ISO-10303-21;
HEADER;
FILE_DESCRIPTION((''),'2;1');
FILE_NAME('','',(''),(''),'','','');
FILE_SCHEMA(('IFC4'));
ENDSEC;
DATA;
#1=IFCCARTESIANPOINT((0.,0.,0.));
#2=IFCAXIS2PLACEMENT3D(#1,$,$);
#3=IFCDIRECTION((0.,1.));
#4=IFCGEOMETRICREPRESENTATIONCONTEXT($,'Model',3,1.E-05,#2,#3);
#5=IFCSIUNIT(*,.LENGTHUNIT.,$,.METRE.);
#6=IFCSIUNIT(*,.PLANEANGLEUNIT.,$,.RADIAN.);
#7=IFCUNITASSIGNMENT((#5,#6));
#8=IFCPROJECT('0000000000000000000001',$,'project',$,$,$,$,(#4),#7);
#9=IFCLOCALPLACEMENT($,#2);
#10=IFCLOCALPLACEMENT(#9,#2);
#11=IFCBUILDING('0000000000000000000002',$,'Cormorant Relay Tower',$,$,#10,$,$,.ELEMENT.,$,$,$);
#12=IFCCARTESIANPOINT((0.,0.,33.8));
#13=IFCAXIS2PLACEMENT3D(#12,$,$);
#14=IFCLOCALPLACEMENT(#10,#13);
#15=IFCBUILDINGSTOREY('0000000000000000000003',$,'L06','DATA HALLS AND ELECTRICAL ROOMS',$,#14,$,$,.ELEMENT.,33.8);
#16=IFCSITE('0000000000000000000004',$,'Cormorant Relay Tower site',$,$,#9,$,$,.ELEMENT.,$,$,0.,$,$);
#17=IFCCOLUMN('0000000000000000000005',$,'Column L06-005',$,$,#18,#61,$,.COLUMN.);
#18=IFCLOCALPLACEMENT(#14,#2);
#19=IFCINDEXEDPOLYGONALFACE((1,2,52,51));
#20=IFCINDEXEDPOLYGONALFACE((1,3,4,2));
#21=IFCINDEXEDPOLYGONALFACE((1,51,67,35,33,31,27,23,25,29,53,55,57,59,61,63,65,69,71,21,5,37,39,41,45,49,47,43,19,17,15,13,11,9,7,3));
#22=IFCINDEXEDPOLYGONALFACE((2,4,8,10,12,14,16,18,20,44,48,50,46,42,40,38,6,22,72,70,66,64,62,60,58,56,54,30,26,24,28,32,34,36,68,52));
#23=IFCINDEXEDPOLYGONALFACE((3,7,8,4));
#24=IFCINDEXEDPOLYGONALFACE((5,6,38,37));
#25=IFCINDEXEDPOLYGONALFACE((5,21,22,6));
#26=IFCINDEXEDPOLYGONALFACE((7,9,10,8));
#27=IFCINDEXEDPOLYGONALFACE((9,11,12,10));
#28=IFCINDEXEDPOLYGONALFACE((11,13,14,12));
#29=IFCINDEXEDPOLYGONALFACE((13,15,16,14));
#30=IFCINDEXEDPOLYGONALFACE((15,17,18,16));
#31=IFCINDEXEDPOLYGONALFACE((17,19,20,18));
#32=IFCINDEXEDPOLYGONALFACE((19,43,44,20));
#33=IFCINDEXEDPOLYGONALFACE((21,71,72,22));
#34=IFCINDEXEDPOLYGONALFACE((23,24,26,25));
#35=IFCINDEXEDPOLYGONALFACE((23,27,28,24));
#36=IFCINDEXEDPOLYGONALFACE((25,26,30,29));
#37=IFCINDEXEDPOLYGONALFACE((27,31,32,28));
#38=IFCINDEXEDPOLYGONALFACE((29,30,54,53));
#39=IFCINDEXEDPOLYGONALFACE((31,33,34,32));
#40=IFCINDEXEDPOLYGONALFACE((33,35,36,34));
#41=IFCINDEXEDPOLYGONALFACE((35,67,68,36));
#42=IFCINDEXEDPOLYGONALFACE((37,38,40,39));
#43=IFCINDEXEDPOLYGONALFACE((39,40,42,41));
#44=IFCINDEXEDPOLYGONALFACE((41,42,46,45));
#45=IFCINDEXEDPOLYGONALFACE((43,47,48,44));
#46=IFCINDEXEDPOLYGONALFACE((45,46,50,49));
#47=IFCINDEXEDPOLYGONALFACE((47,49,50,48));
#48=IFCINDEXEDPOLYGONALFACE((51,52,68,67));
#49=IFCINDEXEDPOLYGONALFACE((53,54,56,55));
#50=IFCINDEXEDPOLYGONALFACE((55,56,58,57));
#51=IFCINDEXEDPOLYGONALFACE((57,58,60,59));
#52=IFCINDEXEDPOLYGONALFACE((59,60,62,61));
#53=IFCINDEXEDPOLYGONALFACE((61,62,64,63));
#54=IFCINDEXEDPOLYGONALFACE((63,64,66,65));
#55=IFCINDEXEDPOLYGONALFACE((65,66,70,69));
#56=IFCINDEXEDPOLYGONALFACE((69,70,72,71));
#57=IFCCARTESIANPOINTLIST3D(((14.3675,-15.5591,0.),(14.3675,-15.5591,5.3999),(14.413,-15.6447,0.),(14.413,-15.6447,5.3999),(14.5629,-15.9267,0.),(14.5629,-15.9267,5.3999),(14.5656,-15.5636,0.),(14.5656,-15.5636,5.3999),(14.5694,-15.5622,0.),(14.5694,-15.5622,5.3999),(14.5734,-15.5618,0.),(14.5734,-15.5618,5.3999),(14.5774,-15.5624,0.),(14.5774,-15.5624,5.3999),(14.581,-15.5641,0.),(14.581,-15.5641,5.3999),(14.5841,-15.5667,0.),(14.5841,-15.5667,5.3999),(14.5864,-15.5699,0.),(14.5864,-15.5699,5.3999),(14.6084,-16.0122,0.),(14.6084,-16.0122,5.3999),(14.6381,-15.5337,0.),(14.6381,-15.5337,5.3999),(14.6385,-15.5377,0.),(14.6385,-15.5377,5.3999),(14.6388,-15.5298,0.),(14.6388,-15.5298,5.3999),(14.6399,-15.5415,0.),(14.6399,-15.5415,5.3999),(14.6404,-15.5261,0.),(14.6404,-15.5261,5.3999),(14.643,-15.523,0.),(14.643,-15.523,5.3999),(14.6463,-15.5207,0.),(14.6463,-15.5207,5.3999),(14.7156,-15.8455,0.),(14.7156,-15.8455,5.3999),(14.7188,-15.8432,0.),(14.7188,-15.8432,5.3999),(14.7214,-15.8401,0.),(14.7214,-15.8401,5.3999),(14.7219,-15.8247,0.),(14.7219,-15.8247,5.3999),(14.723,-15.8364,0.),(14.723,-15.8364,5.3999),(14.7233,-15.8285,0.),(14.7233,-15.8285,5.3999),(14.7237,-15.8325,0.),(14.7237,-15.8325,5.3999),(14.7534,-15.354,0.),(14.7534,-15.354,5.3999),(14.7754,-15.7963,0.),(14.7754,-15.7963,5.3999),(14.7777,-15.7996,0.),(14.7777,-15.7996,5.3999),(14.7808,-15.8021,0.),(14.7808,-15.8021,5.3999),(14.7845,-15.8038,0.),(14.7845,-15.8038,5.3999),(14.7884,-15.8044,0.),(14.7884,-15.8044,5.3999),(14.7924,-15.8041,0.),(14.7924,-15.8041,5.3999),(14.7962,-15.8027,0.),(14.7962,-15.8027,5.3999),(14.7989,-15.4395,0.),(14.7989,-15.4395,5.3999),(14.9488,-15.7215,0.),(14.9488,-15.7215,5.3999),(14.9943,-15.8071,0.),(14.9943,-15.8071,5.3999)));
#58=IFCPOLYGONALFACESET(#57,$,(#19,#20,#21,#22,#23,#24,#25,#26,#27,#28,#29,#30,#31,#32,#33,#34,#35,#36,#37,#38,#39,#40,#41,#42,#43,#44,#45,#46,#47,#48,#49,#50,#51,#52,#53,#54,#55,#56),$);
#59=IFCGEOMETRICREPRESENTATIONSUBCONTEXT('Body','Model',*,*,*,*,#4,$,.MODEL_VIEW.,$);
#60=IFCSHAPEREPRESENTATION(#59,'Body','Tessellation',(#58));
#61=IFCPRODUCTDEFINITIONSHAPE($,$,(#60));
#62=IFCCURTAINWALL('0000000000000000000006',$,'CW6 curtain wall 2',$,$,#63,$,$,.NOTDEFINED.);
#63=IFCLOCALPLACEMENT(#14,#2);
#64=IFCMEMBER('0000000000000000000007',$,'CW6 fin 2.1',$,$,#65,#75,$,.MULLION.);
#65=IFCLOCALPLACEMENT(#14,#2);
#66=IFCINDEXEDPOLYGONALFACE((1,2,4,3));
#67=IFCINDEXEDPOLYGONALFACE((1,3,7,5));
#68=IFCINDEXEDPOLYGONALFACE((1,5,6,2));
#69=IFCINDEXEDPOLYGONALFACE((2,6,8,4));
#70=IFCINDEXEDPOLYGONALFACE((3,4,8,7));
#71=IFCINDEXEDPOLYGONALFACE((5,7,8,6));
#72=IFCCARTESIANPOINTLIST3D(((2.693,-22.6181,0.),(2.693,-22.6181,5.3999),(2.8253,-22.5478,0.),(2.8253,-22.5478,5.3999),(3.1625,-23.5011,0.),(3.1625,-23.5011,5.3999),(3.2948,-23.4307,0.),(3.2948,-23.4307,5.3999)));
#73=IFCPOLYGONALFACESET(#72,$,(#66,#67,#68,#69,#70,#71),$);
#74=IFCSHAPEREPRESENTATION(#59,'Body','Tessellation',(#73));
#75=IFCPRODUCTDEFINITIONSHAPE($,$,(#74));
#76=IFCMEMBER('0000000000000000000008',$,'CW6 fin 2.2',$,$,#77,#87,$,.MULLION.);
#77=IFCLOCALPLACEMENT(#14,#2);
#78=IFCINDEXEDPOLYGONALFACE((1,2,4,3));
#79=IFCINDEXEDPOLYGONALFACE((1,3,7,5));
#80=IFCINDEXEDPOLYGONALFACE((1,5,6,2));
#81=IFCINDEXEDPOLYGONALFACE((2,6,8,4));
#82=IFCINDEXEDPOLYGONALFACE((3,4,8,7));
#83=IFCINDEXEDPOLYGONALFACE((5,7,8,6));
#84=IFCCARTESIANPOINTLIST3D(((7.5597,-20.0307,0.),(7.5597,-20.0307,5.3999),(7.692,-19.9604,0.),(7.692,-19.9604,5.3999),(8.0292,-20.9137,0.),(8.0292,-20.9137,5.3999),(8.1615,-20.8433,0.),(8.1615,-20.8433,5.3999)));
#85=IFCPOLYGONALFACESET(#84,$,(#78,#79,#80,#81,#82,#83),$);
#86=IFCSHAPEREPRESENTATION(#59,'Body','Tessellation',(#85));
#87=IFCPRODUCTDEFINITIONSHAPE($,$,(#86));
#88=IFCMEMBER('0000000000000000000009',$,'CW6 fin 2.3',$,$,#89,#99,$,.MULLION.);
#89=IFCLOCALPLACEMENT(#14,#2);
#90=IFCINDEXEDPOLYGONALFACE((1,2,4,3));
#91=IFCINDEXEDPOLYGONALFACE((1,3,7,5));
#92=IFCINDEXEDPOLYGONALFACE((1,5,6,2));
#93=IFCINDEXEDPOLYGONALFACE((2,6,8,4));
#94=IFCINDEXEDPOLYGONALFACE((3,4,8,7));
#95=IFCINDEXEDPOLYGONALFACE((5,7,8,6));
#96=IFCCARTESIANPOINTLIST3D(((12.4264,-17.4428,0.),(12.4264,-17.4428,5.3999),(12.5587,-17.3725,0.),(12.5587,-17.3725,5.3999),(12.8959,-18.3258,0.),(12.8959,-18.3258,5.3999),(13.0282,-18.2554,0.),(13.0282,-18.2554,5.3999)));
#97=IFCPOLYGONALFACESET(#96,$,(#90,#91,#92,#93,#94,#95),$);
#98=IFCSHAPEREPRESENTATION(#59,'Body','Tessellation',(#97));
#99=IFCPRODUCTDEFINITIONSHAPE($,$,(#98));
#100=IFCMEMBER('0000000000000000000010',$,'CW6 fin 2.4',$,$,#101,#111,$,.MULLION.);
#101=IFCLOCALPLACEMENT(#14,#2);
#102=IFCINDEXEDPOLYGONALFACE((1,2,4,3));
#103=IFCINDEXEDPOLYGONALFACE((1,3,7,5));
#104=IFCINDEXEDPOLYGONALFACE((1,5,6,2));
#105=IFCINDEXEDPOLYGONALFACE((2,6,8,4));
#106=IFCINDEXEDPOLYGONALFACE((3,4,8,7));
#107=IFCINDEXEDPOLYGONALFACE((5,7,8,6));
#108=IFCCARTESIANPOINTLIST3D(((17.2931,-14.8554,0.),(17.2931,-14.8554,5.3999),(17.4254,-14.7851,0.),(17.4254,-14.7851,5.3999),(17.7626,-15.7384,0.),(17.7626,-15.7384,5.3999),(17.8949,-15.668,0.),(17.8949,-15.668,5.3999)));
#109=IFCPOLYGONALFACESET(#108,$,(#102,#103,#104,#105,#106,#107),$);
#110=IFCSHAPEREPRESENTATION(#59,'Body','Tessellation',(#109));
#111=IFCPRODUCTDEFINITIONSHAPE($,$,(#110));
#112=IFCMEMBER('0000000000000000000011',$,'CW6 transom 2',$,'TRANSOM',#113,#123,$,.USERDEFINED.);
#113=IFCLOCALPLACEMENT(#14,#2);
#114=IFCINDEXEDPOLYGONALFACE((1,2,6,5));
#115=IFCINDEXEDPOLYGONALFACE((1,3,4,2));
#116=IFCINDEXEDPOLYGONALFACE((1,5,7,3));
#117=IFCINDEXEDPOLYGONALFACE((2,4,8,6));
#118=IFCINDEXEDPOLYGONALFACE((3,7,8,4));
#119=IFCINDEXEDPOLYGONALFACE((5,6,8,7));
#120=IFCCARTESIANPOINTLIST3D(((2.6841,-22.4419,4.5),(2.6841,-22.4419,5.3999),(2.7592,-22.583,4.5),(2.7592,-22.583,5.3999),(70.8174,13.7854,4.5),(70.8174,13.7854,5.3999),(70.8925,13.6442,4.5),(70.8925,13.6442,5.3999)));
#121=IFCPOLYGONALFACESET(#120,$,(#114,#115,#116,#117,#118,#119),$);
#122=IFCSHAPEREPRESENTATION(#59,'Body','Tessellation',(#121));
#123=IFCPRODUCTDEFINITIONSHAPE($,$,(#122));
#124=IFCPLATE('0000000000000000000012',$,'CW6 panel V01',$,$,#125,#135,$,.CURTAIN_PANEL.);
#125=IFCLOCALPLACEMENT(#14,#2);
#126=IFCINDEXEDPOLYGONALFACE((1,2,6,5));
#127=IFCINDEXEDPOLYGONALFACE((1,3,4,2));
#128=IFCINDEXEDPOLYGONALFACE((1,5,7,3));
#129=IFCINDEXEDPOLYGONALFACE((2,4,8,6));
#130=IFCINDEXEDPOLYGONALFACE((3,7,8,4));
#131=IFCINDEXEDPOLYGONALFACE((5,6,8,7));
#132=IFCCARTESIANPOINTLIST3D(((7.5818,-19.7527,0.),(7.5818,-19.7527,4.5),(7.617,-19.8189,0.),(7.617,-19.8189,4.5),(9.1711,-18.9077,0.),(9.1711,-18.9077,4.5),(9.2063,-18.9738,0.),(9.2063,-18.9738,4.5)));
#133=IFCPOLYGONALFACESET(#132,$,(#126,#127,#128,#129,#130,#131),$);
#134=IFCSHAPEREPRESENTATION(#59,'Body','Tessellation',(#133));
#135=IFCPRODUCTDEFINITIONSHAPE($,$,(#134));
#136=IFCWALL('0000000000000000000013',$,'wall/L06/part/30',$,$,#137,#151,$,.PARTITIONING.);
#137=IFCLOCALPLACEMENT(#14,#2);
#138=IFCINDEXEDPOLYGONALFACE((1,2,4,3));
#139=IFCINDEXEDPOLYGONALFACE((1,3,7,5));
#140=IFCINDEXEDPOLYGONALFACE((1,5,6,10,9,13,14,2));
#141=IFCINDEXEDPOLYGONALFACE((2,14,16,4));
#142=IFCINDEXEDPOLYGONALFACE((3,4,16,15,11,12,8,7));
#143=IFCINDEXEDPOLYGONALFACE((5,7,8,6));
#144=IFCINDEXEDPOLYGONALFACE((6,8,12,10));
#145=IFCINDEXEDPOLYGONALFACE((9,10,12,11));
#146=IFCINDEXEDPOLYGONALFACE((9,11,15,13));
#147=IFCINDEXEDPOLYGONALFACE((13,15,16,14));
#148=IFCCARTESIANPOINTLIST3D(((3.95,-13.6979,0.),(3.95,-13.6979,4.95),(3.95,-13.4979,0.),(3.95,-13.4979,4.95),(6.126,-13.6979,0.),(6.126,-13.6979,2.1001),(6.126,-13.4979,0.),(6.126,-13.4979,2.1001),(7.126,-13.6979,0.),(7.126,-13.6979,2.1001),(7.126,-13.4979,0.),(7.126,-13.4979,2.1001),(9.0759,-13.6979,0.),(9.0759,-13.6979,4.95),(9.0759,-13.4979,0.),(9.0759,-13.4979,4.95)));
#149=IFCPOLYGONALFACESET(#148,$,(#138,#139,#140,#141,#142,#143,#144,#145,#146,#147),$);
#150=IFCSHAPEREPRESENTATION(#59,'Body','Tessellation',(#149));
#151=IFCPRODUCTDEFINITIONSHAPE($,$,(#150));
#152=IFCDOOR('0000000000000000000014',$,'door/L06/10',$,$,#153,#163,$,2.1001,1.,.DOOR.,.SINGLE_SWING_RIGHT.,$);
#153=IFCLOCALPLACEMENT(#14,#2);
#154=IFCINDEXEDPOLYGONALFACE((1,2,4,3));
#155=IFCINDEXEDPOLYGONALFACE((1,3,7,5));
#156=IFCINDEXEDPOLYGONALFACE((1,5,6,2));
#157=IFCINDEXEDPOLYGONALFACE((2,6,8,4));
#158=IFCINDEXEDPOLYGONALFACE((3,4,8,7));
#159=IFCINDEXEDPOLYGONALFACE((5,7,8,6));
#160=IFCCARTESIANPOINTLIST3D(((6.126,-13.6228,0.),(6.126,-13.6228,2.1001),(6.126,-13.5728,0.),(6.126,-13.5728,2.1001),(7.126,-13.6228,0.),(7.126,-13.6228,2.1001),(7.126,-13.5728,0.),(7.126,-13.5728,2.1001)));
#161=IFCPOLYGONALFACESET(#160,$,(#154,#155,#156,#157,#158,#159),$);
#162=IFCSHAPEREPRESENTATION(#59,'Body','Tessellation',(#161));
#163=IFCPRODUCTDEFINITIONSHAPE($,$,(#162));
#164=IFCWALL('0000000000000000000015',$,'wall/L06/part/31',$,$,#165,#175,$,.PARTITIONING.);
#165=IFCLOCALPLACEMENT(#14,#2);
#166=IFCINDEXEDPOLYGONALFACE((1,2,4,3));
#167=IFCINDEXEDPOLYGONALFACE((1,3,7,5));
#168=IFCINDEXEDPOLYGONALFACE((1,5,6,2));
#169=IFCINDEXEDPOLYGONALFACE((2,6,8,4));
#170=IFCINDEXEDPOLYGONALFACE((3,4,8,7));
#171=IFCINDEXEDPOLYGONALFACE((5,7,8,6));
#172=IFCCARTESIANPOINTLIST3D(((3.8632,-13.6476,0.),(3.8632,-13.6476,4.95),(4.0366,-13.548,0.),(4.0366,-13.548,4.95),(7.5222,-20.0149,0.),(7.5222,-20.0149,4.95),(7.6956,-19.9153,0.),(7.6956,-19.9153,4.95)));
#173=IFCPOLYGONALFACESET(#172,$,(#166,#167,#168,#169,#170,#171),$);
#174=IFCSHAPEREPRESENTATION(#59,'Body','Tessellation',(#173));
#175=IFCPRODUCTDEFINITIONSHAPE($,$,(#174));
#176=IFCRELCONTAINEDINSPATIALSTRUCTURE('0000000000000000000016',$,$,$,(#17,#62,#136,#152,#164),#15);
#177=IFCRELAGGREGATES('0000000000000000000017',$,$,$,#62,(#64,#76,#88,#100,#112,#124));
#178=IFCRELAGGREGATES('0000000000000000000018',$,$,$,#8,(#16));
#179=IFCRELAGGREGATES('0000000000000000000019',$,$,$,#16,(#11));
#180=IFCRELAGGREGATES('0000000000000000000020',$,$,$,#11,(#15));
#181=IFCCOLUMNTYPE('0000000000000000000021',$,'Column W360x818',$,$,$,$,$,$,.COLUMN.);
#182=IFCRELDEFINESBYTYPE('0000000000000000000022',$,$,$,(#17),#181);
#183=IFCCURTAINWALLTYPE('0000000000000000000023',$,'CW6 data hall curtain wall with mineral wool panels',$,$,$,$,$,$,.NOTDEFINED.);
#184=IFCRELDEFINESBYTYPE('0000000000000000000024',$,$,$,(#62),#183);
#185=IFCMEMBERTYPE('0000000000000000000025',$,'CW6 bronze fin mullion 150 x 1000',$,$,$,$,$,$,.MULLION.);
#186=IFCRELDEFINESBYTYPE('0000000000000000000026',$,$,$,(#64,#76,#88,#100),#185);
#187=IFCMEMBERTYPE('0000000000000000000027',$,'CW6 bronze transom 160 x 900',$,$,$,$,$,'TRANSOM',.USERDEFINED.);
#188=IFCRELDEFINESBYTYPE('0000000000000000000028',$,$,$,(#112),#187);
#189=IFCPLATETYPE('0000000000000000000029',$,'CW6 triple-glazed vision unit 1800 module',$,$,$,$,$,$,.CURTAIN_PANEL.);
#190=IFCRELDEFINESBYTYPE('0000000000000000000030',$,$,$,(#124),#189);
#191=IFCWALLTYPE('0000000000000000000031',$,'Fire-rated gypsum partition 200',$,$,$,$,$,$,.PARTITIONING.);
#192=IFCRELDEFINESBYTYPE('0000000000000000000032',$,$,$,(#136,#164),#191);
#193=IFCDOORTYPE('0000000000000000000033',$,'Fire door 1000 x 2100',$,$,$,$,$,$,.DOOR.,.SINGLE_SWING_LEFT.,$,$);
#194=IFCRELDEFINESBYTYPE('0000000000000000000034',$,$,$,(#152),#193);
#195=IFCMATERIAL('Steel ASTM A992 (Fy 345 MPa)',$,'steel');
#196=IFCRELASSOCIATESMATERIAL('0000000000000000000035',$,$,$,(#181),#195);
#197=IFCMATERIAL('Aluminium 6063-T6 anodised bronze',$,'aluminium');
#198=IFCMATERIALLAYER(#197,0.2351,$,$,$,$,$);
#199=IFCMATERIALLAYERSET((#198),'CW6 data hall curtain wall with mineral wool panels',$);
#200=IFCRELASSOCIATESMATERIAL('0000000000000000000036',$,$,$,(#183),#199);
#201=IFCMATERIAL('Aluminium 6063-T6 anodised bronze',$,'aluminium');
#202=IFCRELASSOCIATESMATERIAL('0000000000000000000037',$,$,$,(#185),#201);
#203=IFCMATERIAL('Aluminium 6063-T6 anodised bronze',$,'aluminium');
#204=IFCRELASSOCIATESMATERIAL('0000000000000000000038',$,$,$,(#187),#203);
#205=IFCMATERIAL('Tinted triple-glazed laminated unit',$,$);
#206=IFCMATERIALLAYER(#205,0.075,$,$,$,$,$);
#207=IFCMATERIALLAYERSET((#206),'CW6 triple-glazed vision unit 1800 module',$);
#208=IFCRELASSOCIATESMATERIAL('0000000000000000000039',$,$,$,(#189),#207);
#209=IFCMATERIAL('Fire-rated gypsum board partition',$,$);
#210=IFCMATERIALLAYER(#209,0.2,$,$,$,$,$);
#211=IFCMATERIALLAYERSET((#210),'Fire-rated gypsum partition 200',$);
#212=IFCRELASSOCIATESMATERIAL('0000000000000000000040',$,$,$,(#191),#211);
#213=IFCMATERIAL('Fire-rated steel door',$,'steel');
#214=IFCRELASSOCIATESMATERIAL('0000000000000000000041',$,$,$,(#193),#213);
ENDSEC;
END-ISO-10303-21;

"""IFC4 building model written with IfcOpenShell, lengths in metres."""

from ifc_helpers import new_model, si_unit, direction, frame, frame_2d, origin, origin_2d, place, context, subcontext, project, spatial, rectangle, i_section, extrude, material, layer, layer_set, material_profile, profile_set, type_object, element, fill, aggregate, save


model = new_model("IFC4")

# Units and contexts
model_context = context("Model", 3, precision=1e-05, world=origin(), true_north=direction((0.0, 1.0)))
body_context = subcontext(model_context, "Body", "Model", "MODEL_VIEW")
ifc_project = project(units=[si_unit("LENGTHUNIT", "METRE"), si_unit("PLANEANGLEUNIT", "RADIAN")], contexts=[model_context])

# Site, building, storey
site_placement = place(None, origin())
site = spatial("IfcSite", under=ifc_project, at=site_placement, Name="Cormorant Relay Tower site", CompositionType="ELEMENT", RefElevation=0.0)
building_placement = place(site_placement, origin())
building = spatial("IfcBuilding", under=site, at=building_placement, Name="Cormorant Relay Tower", CompositionType="ELEMENT")
storey_placement = place(building_placement, frame((0.0, 0.0, 33.8)))
storey = spatial("IfcBuildingStorey", under=building, at=storey_placement, Name="L06", Description="DATA HALLS AND ELECTRICAL ROOMS", CompositionType="ELEMENT", Elevation=33.8)

# Column
ifc_material_1 = material(Name="Steel ASTM A992 (Fy 345 MPa)", Category="steel")
ifc_material_profile_1 = material_profile(ifc_material_1, i_section(OverallWidth=0.437, OverallDepth=0.5132, WebThickness=0.0605, FlangeThickness=0.0969, FilletRadius=0.0154, at=origin_2d()), Name="W360x818")
ifc_profile_set_1 = profile_set([ifc_material_profile_1], Name="Steel ASTM A992 (Fy 345 MPa)")
column_type_1 = type_object("IfcColumnType", Name="Column W360x818", PredefinedType="COLUMN", material=ifc_profile_set_1)
for number, where, z_axis, x_axis, name in (
    (1, (14.6809, -15.6831, 0.0), (0.0, 0.0, 1.0), (0.882948, 0.469472, 0.0), "Column L06-005"),
):
    element("IfcColumn", number, at=place(storey_placement, frame(where, z_axis=z_axis, x_axis=x_axis)), inside=storey, type_object=column_type_1, Name=name, PredefinedType="COLUMN", context=body_context, shape_type="SweptSolid", body=[
        extrude(i_section(OverallWidth=0.437, OverallDepth=0.5132, WebThickness=0.0605, FlangeThickness=0.0969, FilletRadius=0.0154, at=origin_2d()), origin(), (0.0, 0.0, 1.0), 5.3999),
    ])

# Curtain wall, members, plate
ifc_material_2 = material(Name="Aluminium 6063-T6 anodised bronze", Category="aluminium")
ifc_layer_1 = layer(ifc_material_2, 0.2351)
ifc_layer_set_1 = layer_set([ifc_layer_1], Name="CW6 data hall curtain wall with mineral wool panels")
curtain_wall_type = type_object("IfcCurtainWallType", Name="CW6 data hall curtain wall with mineral wool panels", PredefinedType="NOTDEFINED", material=ifc_layer_set_1)
curtain_wall_1_placement = place(storey_placement, origin())
curtain_wall_1 = element("IfcCurtainWall", 2, at=curtain_wall_1_placement, inside=storey, type_object=curtain_wall_type, Name="CW6 curtain wall 2", PredefinedType="NOTDEFINED")
ifc_material_3 = material(Name="Aluminium 6063-T6 anodised bronze", Category="aluminium")
ifc_material_profile_2 = material_profile(ifc_material_3, rectangle(XDim=0.1499, YDim=1.0, at=origin_2d()), Name="AL 150x1000")
ifc_profile_set_2 = profile_set([ifc_material_profile_2], Name="Aluminium 6063-T6 anodised bronze")
member_type_1 = type_object("IfcMemberType", Name="CW6 bronze fin mullion 150 x 1000", PredefinedType="MULLION", material=ifc_profile_set_2)
member_1_placement = place(storey_placement, frame((2.9939, -23.0244, 0.0), z_axis=(0.0, 0.0, 1.0), x_axis=(0.882948, 0.469472, 0.0)))
member_1 = element("IfcMember", 3, at=member_1_placement, type_object=member_type_1, Name="CW6 fin 2.1", PredefinedType="MULLION", context=body_context, shape_type="SweptSolid", body=[
    extrude(rectangle(XDim=0.1499, YDim=1.0, at=origin_2d()), origin(), (0.0, 0.0, 1.0), 5.3999),
])
member_2_placement = place(storey_placement, frame((7.8606, -20.437, 0.0), z_axis=(0.0, 0.0, 1.0), x_axis=(0.882948, 0.469472, 0.0)))
member_2 = element("IfcMember", 4, at=member_2_placement, type_object=member_type_1, Name="CW6 fin 2.2", PredefinedType="MULLION", context=body_context, shape_type="SweptSolid", body=[
    extrude(rectangle(XDim=0.1499, YDim=1.0, at=origin_2d()), origin(), (0.0, 0.0, 1.0), 5.3999),
])
member_3_placement = place(storey_placement, frame((12.7273, -17.8491, 0.0), z_axis=(0.0, 0.0, 1.0), x_axis=(0.882948, 0.469472, 0.0)))
member_3 = element("IfcMember", 5, at=member_3_placement, type_object=member_type_1, Name="CW6 fin 2.3", PredefinedType="MULLION", context=body_context, shape_type="SweptSolid", body=[
    extrude(rectangle(XDim=0.1499, YDim=1.0, at=origin_2d()), origin(), (0.0, 0.0, 1.0), 5.3999),
])
member_4_placement = place(storey_placement, frame((17.594, -15.2617, 0.0), z_axis=(0.0, 0.0, 1.0), x_axis=(0.882948, 0.469472, 0.0)))
member_4 = element("IfcMember", 6, at=member_4_placement, type_object=member_type_1, Name="CW6 fin 2.4", PredefinedType="MULLION", context=body_context, shape_type="SweptSolid", body=[
    extrude(rectangle(XDim=0.1499, YDim=1.0, at=origin_2d()), origin(), (0.0, 0.0, 1.0), 5.3999),
])
ifc_material_4 = material(Name="Aluminium 6063-T6 anodised bronze", Category="aluminium")
ifc_material_profile_3 = material_profile(ifc_material_4, rectangle(XDim=0.1599, YDim=0.8999, at=origin_2d()), Name="AL 160x900")
ifc_profile_set_3 = profile_set([ifc_material_profile_3], Name="Aluminium 6063-T6 anodised bronze")
member_type_2 = type_object("IfcMemberType", Name="CW6 bronze transom 160 x 900", ElementType="TRANSOM", PredefinedType="USERDEFINED", material=ifc_profile_set_3)
member_5_placement = place(storey_placement, frame((2.7217, -22.5125, 4.95), z_axis=(0.882947, 0.469473, 0.0), x_axis=(-0.469473, 0.882947, 0.0)))
member_5 = element("IfcMember", 7, at=member_5_placement, type_object=member_type_2, Name="CW6 transom 2", ObjectType="TRANSOM", PredefinedType="USERDEFINED", context=body_context, shape_type="SweptSolid", body=[
    extrude(rectangle(XDim=0.1599, YDim=0.8999, at=origin_2d()), origin(), (0.0, 0.0, 1.0), 77.1658),
])
ifc_material_5 = material(Name="Tinted triple-glazed laminated unit")
ifc_layer_2 = layer(ifc_material_5, 0.075)
ifc_layer_set_2 = layer_set([ifc_layer_2], Name="CW6 triple-glazed vision unit 1800 module")
plate_type = type_object("IfcPlateType", Name="CW6 triple-glazed vision unit 1800 module", PredefinedType="CURTAIN_PANEL", material=ifc_layer_set_2)
plate_placement = place(storey_placement, frame((8.394, -19.3633, 0.0), z_axis=(0.0, 0.0, 1.0), x_axis=(0.882948, 0.469472, 0.0)))
plate = element("IfcPlate", 8, at=plate_placement, type_object=plate_type, Name="CW6 panel V01", PredefinedType="CURTAIN_PANEL", context=body_context, shape_type="SweptSolid", body=[
    extrude(rectangle(XDim=1.8, YDim=0.075, at=origin_2d()), origin(), (0.0, 0.0, 1.0), 4.5),
])

# Wall, opening, door
ifc_material_6 = material(Name="Fire-rated gypsum board partition")
ifc_layer_3 = layer(ifc_material_6, 0.2)
ifc_layer_set_3 = layer_set([ifc_layer_3], Name="Fire-rated gypsum partition 200")
wall_type_1 = type_object("IfcWallType", Name="Fire-rated gypsum partition 200", PredefinedType="PARTITIONING", material=ifc_layer_set_3)
wall_1_placement = place(storey_placement, frame((9.0759, -13.5979, 0.0), z_axis=(0.0, 0.0, 1.0), x_axis=(-1.0, 0.0, 0.0)))
wall_1 = element("IfcWall", 9, at=wall_1_placement, inside=storey, type_object=wall_type_1, Name="wall/L06/part/30", PredefinedType="PARTITIONING", context=body_context, shape_type="SweptSolid", body=[
    extrude(rectangle(XDim=5.126, YDim=0.2, at=frame_2d((2.563, 0.0))), origin(), (0.0, 0.0, 1.0), 4.95),
])
opening_placement = place(wall_1_placement, frame((1.95, 0.0, 0.0)))
opening = element("IfcOpeningElement", 10, at=opening_placement, cuts=wall_1, PredefinedType="OPENING", context=body_context, shape_type="SweptSolid", body=[
    extrude(rectangle(XDim=1.0, YDim=2.1001, at=frame_2d((0.5, 1.05))), frame((0.0, 0.1099, 0.0), z_axis=(0.0, -1.0, 0.0), x_axis=(1.0, 0.0, 0.0)), (0.0, 0.0, 1.0), 0.22),
])
ifc_material_7 = material(Name="Fire-rated steel door", Category="steel")
door_type = type_object("IfcDoorType", Name="Fire door 1000 x 2100", OperationType="SINGLE_SWING_LEFT", PredefinedType="DOOR", material=ifc_material_7)
door_placement = place(opening_placement, origin())
door = element("IfcDoor", 11, at=door_placement, inside=storey, type_object=door_type, Name="door/L06/10", OperationType="SINGLE_SWING_RIGHT", OverallHeight=2.1001, OverallWidth=1.0, PredefinedType="DOOR", context=body_context, shape_type="SweptSolid", body=[
    extrude(rectangle(XDim=1.0, YDim=2.1001, at=frame_2d((0.5, 1.05))), frame((0.0, 0.0249, 0.0), z_axis=(0.0, -1.0, 0.0), x_axis=(1.0, 0.0, 0.0)), (0.0, 0.0, 1.0), 0.05),
])
fill(opening, door)

# Wall
wall_2_placement = place(storey_placement, frame((7.6089, -19.9651, 0.0), z_axis=(0.0, 0.0, 1.0), x_axis=(-0.498246, 0.867036, 0.0)))
element("IfcWall", 12, at=wall_2_placement, inside=storey, type_object=wall_type_1, Name="wall/L06/part/31", PredefinedType="PARTITIONING", context=body_context, shape_type="SweptSolid", body=[
    extrude(rectangle(XDim=7.3438, YDim=0.2, at=frame_2d((3.6719, 0.0))), origin(), (0.0, 0.0, 1.0), 4.95),
])

aggregate(curtain_wall_1, [member_1, member_2, member_3, member_4, member_5, plate])

save(model, "model.ifc")
